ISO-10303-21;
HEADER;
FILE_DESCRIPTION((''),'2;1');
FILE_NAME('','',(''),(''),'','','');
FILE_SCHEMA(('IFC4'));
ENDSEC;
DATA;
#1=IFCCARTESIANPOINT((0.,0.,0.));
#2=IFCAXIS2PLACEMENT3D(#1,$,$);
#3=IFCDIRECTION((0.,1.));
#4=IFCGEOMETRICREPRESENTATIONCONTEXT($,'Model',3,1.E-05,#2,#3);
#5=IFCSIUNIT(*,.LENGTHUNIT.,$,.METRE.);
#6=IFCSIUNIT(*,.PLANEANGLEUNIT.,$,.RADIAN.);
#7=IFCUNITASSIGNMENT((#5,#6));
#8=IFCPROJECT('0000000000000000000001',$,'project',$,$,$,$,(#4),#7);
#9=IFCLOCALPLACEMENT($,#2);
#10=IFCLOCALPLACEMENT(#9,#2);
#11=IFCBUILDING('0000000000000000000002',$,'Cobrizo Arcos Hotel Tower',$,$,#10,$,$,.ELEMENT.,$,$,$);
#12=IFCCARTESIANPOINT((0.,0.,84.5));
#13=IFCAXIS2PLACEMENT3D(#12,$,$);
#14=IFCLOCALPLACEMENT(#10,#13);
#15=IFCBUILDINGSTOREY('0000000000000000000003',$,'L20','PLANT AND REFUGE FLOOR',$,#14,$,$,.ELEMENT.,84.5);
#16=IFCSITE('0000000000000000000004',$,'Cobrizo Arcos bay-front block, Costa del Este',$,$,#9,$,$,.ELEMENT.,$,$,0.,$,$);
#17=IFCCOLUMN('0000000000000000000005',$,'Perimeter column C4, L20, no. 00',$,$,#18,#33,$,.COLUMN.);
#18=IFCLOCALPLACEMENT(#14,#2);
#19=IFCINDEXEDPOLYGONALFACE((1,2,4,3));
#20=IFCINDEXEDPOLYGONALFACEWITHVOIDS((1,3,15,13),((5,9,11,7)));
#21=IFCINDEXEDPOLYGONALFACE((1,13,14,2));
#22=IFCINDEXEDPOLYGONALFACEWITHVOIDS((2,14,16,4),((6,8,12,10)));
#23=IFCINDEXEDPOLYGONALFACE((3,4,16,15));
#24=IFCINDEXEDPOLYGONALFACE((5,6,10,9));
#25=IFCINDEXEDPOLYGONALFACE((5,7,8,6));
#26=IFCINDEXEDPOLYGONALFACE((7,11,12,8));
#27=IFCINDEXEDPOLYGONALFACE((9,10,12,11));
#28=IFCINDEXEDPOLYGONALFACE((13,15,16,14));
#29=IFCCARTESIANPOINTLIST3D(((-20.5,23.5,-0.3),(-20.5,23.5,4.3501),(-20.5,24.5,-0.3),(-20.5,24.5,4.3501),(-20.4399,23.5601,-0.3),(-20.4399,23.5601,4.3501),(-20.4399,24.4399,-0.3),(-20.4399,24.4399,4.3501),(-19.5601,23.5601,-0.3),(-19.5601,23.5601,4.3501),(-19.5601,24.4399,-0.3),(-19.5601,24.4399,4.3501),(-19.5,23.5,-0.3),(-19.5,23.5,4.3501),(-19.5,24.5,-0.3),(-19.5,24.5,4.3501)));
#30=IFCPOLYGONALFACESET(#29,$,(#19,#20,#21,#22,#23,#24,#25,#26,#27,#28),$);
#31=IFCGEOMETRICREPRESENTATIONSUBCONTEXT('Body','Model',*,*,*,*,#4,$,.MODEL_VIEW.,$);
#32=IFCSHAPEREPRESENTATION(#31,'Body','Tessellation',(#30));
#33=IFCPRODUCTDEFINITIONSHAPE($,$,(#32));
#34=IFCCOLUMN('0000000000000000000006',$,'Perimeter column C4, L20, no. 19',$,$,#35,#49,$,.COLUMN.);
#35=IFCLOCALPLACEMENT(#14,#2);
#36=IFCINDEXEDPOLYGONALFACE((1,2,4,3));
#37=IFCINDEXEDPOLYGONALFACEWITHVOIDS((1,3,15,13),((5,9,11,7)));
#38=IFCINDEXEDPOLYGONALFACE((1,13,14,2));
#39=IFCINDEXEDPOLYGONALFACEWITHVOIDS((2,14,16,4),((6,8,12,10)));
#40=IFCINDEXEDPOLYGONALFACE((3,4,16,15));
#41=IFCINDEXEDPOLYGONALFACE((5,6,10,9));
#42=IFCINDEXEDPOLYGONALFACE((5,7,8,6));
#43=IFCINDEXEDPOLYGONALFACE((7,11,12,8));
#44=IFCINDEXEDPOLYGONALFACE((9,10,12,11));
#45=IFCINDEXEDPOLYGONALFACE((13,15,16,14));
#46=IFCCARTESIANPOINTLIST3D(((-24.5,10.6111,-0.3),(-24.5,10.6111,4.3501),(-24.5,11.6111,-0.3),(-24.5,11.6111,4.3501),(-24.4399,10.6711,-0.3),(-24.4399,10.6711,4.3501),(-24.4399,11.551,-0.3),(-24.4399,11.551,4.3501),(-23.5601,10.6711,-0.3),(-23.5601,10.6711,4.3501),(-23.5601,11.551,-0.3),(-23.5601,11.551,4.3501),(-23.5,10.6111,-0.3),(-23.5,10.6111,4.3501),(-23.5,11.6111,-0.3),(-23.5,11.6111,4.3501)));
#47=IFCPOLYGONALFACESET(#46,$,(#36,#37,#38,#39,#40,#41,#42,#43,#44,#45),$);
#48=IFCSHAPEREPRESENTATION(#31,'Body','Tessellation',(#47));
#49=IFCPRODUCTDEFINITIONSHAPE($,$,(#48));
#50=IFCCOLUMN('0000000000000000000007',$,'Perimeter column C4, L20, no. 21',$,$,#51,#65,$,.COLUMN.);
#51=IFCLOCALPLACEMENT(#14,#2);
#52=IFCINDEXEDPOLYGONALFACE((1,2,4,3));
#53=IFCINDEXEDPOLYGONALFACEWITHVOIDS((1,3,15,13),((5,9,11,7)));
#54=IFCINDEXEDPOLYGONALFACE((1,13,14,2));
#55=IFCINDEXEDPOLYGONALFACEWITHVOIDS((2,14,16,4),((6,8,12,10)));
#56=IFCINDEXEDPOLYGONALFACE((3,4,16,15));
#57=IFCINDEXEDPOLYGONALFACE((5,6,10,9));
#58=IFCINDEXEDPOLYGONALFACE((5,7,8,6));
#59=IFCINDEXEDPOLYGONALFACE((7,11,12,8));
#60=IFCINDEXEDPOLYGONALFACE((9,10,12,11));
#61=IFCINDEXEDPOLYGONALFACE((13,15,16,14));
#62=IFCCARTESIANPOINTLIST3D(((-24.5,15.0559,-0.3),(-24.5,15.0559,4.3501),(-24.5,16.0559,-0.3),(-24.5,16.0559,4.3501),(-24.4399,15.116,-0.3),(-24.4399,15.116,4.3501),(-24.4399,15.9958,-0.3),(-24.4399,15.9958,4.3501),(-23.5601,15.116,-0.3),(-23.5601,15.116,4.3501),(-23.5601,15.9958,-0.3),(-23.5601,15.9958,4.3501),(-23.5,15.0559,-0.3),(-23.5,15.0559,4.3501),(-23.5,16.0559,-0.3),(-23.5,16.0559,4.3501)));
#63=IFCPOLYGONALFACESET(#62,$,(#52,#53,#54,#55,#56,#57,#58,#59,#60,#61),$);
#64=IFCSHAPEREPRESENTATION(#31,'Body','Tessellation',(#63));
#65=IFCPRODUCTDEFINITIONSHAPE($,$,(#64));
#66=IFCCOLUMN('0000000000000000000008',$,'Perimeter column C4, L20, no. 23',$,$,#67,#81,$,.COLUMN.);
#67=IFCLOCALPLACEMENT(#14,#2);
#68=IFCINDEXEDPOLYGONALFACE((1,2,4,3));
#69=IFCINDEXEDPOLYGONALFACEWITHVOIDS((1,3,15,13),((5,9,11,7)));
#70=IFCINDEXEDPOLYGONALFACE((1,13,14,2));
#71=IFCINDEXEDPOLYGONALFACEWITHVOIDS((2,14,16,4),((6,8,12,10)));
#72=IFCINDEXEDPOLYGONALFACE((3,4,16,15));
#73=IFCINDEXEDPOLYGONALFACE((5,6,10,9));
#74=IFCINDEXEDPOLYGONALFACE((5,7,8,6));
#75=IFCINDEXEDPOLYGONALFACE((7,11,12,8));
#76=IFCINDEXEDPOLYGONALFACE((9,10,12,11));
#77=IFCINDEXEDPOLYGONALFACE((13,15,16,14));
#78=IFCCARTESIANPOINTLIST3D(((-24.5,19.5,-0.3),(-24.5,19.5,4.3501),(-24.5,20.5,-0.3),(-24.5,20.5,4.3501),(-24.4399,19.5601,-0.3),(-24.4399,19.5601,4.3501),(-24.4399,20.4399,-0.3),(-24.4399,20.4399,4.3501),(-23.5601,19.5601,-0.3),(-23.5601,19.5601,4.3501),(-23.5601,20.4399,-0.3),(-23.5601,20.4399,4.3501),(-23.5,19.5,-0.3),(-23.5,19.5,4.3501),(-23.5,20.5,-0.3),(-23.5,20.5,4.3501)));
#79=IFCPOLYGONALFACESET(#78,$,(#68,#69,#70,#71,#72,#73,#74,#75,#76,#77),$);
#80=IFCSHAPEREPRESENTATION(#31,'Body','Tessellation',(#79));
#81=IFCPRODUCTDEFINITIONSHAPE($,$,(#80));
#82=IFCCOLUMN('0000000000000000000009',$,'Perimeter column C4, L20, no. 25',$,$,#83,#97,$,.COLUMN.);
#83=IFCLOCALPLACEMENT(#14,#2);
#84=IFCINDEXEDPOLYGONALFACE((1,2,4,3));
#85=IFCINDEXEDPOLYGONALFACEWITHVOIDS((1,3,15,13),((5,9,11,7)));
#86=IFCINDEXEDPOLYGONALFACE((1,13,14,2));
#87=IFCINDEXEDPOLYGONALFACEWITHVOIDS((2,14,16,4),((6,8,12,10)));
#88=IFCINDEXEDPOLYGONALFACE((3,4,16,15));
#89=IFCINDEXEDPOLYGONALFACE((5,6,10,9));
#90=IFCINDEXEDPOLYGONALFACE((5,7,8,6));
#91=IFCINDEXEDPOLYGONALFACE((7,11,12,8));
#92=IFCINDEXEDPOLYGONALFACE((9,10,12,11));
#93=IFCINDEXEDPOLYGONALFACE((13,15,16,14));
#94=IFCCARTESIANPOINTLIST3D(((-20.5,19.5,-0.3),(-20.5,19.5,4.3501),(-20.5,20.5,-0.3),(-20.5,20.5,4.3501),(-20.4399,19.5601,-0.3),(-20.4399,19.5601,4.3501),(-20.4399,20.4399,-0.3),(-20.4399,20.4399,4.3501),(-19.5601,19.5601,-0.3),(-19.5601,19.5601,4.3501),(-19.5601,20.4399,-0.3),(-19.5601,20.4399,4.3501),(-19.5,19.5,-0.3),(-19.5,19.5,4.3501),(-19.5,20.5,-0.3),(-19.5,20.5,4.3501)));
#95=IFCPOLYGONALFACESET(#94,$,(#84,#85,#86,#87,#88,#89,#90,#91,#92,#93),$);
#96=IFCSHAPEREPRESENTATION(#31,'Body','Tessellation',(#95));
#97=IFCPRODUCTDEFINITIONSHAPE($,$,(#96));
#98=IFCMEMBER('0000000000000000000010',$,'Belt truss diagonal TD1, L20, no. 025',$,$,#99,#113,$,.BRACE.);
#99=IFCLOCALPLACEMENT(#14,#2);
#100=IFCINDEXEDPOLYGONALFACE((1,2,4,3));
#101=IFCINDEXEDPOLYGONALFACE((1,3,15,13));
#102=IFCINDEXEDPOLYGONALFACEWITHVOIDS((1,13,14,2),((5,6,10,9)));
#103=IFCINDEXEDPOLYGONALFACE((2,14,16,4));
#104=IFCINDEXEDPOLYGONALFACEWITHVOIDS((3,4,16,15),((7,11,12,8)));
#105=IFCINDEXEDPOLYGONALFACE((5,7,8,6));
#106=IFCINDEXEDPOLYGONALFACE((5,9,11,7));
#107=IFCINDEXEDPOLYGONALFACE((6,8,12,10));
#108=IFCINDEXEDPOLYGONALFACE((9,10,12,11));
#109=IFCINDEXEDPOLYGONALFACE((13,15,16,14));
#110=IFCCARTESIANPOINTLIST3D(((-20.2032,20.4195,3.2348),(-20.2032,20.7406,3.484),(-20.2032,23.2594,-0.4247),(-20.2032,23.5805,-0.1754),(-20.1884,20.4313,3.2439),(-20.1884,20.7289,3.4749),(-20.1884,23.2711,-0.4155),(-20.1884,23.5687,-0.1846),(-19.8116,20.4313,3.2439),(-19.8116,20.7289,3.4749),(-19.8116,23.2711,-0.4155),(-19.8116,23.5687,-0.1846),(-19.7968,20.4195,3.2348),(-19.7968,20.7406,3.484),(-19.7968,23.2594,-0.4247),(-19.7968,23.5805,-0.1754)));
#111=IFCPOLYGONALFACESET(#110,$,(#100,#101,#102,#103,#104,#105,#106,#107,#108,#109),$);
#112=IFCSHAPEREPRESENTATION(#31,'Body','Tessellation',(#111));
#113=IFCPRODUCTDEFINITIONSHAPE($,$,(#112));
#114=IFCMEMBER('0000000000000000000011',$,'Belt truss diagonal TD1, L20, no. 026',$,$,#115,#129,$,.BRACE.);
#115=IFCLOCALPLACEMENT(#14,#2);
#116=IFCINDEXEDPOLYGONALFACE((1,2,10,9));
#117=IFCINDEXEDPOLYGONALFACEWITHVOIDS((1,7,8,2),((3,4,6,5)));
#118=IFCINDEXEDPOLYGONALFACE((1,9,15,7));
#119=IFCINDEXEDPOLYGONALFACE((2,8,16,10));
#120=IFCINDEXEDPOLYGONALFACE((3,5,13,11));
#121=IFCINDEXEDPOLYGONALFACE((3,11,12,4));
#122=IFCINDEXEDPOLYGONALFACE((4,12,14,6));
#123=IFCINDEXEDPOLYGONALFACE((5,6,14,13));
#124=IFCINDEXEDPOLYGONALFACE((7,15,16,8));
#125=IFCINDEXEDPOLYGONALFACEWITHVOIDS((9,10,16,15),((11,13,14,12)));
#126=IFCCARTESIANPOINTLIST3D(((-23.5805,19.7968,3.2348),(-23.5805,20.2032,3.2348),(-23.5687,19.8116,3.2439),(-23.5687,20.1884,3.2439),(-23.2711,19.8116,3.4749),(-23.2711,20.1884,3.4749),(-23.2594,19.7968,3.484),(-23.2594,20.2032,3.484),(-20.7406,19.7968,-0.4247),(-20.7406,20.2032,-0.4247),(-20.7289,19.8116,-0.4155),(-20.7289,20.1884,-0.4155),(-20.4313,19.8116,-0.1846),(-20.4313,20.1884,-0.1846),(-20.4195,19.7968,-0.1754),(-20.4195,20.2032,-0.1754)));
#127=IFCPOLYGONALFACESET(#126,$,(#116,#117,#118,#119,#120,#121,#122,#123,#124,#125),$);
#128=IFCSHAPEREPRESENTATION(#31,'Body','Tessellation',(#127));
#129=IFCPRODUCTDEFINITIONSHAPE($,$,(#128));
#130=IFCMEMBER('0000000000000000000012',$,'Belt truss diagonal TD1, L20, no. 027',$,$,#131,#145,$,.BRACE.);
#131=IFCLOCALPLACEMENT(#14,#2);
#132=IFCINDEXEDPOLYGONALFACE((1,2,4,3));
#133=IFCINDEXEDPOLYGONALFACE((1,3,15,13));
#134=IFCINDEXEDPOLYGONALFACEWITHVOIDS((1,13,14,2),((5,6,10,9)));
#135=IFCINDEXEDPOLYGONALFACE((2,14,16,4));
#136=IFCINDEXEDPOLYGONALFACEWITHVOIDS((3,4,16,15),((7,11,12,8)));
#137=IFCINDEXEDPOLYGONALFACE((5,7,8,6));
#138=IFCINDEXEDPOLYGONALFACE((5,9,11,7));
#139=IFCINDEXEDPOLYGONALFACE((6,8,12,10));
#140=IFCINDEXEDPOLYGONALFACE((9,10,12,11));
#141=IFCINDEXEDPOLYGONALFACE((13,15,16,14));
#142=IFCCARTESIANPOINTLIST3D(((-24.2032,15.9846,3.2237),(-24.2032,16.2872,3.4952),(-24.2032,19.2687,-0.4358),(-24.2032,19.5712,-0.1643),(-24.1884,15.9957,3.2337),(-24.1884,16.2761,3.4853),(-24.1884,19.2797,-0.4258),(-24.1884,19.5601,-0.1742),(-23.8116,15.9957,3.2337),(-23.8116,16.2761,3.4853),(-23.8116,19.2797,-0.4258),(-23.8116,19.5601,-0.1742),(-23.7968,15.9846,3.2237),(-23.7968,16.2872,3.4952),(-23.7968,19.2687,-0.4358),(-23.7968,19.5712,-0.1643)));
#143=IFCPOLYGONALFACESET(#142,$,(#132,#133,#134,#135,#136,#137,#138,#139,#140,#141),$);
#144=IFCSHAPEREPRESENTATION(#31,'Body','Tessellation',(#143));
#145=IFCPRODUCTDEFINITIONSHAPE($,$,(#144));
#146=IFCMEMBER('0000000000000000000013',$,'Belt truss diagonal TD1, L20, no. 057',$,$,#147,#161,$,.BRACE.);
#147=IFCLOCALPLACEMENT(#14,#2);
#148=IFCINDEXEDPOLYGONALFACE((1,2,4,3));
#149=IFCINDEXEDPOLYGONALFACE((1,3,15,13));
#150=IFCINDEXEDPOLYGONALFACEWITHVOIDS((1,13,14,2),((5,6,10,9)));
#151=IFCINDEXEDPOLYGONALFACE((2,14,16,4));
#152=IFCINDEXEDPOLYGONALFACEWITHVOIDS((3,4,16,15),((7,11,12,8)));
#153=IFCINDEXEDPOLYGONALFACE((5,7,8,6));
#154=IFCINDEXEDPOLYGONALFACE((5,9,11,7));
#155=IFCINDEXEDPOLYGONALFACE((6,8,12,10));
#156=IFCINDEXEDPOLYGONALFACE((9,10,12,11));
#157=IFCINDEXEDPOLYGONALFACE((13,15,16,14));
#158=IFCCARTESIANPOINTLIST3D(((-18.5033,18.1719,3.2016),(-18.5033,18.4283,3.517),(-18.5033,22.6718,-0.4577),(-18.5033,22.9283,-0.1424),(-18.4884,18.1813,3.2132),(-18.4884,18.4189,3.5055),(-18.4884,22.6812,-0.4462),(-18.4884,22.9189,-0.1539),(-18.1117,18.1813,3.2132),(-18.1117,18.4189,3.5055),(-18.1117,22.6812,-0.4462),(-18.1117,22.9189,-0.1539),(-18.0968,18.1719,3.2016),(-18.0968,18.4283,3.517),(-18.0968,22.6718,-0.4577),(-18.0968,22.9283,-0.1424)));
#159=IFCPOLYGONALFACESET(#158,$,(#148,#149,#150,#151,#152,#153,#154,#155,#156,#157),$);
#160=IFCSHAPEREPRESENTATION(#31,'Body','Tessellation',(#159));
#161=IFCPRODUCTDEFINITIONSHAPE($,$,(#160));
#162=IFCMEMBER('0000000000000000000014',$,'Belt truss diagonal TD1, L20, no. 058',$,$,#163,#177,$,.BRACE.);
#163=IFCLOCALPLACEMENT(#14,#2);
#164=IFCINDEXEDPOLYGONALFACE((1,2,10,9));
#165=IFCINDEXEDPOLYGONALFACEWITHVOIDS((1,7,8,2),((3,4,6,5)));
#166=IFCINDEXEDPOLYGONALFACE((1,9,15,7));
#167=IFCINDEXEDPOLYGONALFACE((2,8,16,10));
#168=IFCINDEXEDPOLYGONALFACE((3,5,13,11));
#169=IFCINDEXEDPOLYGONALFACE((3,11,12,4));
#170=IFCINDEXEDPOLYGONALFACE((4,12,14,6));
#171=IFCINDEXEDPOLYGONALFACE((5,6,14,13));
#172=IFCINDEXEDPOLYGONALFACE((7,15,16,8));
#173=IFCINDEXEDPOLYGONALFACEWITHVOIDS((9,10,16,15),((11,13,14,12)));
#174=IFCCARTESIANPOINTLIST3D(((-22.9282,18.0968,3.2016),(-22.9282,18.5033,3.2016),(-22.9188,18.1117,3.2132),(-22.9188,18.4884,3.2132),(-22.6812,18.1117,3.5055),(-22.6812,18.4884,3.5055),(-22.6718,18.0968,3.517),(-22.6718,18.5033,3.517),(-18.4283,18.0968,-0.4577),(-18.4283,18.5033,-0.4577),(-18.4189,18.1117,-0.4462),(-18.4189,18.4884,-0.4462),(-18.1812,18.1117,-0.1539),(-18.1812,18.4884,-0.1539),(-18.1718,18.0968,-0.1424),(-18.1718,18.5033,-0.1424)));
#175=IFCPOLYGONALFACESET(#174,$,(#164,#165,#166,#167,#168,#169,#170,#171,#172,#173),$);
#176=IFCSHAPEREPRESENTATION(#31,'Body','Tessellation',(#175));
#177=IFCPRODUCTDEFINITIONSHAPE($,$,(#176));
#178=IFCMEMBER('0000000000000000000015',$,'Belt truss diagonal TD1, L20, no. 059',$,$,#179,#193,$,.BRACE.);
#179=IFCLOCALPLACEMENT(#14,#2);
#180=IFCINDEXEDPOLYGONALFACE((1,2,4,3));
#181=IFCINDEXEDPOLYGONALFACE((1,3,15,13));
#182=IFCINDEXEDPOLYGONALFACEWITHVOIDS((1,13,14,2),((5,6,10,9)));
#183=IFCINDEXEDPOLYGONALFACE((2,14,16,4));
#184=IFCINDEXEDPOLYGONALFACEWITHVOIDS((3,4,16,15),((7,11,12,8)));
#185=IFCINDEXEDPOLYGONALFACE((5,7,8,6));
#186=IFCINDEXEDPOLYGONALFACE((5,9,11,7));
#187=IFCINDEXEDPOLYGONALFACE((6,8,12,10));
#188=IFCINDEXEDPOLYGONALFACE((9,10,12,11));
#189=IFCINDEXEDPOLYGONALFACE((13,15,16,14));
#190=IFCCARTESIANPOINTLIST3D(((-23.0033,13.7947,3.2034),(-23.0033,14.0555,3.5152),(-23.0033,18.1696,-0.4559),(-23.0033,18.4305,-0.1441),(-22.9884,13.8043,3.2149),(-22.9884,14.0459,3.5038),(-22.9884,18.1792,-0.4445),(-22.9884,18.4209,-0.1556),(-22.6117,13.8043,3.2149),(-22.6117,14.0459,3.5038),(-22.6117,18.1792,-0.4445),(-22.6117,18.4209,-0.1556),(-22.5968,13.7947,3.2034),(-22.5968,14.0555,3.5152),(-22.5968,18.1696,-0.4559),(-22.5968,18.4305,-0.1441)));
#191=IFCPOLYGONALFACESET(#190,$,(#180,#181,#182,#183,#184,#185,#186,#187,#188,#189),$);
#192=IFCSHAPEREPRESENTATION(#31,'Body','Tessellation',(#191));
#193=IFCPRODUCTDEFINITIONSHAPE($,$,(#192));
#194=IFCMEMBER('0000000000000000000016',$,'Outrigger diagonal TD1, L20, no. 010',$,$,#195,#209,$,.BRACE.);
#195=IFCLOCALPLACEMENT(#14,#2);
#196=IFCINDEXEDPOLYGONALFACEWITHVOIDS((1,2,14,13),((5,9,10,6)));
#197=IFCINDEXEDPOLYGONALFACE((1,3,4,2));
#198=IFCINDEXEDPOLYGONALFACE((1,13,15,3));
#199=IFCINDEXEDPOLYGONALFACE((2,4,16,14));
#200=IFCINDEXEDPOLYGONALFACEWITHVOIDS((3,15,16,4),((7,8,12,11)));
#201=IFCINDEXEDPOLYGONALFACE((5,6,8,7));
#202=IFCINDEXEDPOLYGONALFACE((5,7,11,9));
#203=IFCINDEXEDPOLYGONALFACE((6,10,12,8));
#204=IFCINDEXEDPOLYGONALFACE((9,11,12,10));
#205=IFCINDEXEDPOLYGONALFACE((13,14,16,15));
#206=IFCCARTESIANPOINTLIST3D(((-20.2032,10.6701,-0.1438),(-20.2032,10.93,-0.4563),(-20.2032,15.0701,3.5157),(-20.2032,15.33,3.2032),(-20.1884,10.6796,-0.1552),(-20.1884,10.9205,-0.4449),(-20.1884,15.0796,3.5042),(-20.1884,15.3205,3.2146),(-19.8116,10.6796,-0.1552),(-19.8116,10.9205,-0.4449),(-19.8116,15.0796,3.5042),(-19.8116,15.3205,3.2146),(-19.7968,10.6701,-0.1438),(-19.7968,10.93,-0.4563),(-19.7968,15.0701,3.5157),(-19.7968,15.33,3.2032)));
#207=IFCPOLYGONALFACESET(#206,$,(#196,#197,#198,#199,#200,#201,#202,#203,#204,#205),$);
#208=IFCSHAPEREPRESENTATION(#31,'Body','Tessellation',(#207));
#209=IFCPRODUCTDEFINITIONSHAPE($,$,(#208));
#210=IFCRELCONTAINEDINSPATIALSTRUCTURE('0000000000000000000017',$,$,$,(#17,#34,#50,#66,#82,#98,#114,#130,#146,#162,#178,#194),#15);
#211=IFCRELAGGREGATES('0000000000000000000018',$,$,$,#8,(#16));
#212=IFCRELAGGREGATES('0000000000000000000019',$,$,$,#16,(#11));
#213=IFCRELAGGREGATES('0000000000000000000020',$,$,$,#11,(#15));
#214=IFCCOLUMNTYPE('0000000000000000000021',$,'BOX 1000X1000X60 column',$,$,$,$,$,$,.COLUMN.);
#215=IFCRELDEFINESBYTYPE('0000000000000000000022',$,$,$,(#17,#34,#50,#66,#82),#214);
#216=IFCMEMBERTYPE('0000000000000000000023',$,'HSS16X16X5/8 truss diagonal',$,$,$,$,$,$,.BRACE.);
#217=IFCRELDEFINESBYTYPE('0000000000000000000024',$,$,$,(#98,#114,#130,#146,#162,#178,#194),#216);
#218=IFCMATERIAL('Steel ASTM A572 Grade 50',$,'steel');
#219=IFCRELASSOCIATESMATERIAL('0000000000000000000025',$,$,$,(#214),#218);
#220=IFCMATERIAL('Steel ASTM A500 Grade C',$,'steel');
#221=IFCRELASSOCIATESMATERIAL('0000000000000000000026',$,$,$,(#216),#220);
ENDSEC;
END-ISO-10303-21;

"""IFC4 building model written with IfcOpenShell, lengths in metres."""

from ifc_helpers import new_model, si_unit, direction, frame, origin, origin_2d, place, context, subcontext, project, spatial, hollow_rectangle, extrude, material, material_profile, profile_set, type_object, element, save


model = new_model("IFC4")

# Units and contexts
model_context = context("Model", 3, precision=1e-05, world=origin(), true_north=direction((0.0, 1.0)))
body_context = subcontext(model_context, "Body", "Model", "MODEL_VIEW")
ifc_project = project(units=[si_unit("LENGTHUNIT", "METRE"), si_unit("PLANEANGLEUNIT", "RADIAN")], contexts=[model_context])

# Site, building, storey
site_placement = place(None, origin())
site = spatial("IfcSite", under=ifc_project, at=site_placement, Name="Cobrizo Arcos bay-front block, Costa del Este", CompositionType="ELEMENT", RefElevation=0.0)
building_placement = place(site_placement, origin())
building = spatial("IfcBuilding", under=site, at=building_placement, Name="Cobrizo Arcos Hotel Tower", CompositionType="ELEMENT")
storey_placement = place(building_placement, frame((0.0, 0.0, 84.5)))
storey = spatial("IfcBuildingStorey", under=building, at=storey_placement, Name="L20", Description="PLANT AND REFUGE FLOOR", CompositionType="ELEMENT", Elevation=84.5)

# Columns
ifc_material_1 = material(Name="Steel ASTM A572 Grade 50", Category="steel")
ifc_material_profile_1 = material_profile(ifc_material_1, hollow_rectangle(XDim=1.0, YDim=1.0, WallThickness=0.0601, at=origin_2d()), Name="BOX 1000X1000X60")
ifc_profile_set_1 = profile_set([ifc_material_profile_1], Name="Steel ASTM A572 Grade 50")
column_type = type_object("IfcColumnType", Name="BOX 1000X1000X60 column", PredefinedType="COLUMN", material=ifc_profile_set_1)
for number, where, z_axis, x_axis, name in (
    (1, (-20.0, 24.0, -0.3), (0.0, 0.0, 1.0), (1.0, 0.0, 0.0), "Perimeter column C4, L20, no. 00"),
    (2, (-24.0, 11.1111, -0.3), (0.0, 0.0, 1.0), (1.0, 0.0, 0.0), "Perimeter column C4, L20, no. 19"),
    (3, (-24.0, 15.5559, -0.3), (0.0, 0.0, 1.0), (1.0, 0.0, 0.0), "Perimeter column C4, L20, no. 21"),
    (4, (-24.0, 20.0, -0.3), (0.0, 0.0, 1.0), (1.0, 0.0, 0.0), "Perimeter column C4, L20, no. 23"),
    (5, (-20.0, 20.0, -0.3), (0.0, 0.0, 1.0), (1.0, 0.0, 0.0), "Perimeter column C4, L20, no. 25"),
):
    element("IfcColumn", number, at=place(storey_placement, frame(where, z_axis=z_axis, x_axis=x_axis)), inside=storey, type_object=column_type, Name=name, PredefinedType="COLUMN", context=body_context, shape_type="SweptSolid", body=[
        extrude(hollow_rectangle(XDim=1.0, YDim=1.0, WallThickness=0.0601, at=origin_2d()), origin(), (0.0, 0.0, 1.0), 4.6501),
    ])

# Members
ifc_material_2 = material(Name="Steel ASTM A500 Grade C", Category="steel")
ifc_material_profile_2 = material_profile(ifc_material_2, hollow_rectangle(XDim=0.4065, YDim=0.4065, WallThickness=0.0149, at=origin_2d()), Name="HSS16X16X5/8")
ifc_profile_set_2 = profile_set([ifc_material_profile_2], Name="Steel ASTM A500 Grade C")
member_type_1 = type_object("IfcMemberType", Name="HSS16X16X5/8 truss diagonal", PredefinedType="BRACE", material=ifc_profile_set_2)
for number, where, z_axis, x_axis, name in (
    (6, (-20.0, 23.4199, -0.3), (0.0, -0.613083, 0.790019), (1.0, 0.0, 0.0), "Belt truss diagonal TD1, L20, no. 025"),
    (7, (-20.5801, 20.0, -0.3), (-0.613083, 0.0, 0.790019), (0.0, -1.0, 0.0), "Belt truss diagonal TD1, L20, no. 026"),
):
    element("IfcMember", number, at=place(storey_placement, frame(where, z_axis=z_axis, x_axis=x_axis)), inside=storey, type_object=member_type_1, Name=name, PredefinedType="BRACE", context=body_context, shape_type="SweptSolid", body=[
        extrude(hollow_rectangle(XDim=0.4065, YDim=0.4065, WallThickness=0.0149, at=origin_2d()), origin(), (0.0, 0.0, 1.0), 4.6321),
    ])
member_1_placement = place(storey_placement, frame((-24.0, 19.4199, -0.3), z_axis=(0.0, -0.667891, 0.744259), x_axis=(1.0, 0.0, 0.0)))
element("IfcMember", 8, at=member_1_placement, inside=storey, type_object=member_type_1, Name="Belt truss diagonal TD1, L20, no. 027", PredefinedType="BRACE", context=body_context, shape_type="SweptSolid", body=[
    extrude(hollow_rectangle(XDim=0.4065, YDim=0.4065, WallThickness=0.0149, at=origin_2d()), origin(), (0.0, 0.0, 1.0), 4.917),
])
for number, where, z_axis, x_axis, name in (
    (9, (-18.3, 22.8, -0.3), (0.0, -0.775846, 0.630922), (1.0, 0.0, 0.0), "Belt truss diagonal TD1, L20, no. 057"),
    (10, (-18.3, 18.3, -0.3), (-0.775846, 0.0, 0.630922), (0.0, -1.0, 0.0), "Belt truss diagonal TD1, L20, no. 058"),
):
    element("IfcMember", number, at=place(storey_placement, frame(where, z_axis=z_axis, x_axis=x_axis)), inside=storey, type_object=member_type_1, Name=name, PredefinedType="BRACE", context=body_context, shape_type="SweptSolid", body=[
        extrude(hollow_rectangle(XDim=0.4065, YDim=0.4065, WallThickness=0.0149, at=origin_2d()), origin(), (0.0, 0.0, 1.0), 5.8),
    ])
member_2_placement = place(storey_placement, frame((-22.8, 18.3, -0.3), z_axis=(0.0, -0.767048, 0.64159), x_axis=(1.0, 0.0, 0.0)))
element("IfcMember", 11, at=member_2_placement, inside=storey, type_object=member_type_1, Name="Belt truss diagonal TD1, L20, no. 059", PredefinedType="BRACE", context=body_context, shape_type="SweptSolid", body=[
    extrude(hollow_rectangle(XDim=0.4065, YDim=0.4065, WallThickness=0.0149, at=origin_2d()), origin(), (0.0, 0.0, 1.0), 5.7036),
])
member_3_placement = place(storey_placement, frame((-20.0, 10.8, -0.3), z_axis=(0.0, 0.768836, 0.639446), x_axis=(-1.0, 0.0, 0.0)))
element("IfcMember", 12, at=member_3_placement, inside=storey, type_object=member_type_1, Name="Outrigger diagonal TD1, L20, no. 010", PredefinedType="BRACE", context=body_context, shape_type="SweptSolid", body=[
    extrude(hollow_rectangle(XDim=0.4065, YDim=0.4065, WallThickness=0.0149, at=origin_2d()), origin(), (0.0, 0.0, 1.0), 5.7229),
])

save(model, "model.ifc")
